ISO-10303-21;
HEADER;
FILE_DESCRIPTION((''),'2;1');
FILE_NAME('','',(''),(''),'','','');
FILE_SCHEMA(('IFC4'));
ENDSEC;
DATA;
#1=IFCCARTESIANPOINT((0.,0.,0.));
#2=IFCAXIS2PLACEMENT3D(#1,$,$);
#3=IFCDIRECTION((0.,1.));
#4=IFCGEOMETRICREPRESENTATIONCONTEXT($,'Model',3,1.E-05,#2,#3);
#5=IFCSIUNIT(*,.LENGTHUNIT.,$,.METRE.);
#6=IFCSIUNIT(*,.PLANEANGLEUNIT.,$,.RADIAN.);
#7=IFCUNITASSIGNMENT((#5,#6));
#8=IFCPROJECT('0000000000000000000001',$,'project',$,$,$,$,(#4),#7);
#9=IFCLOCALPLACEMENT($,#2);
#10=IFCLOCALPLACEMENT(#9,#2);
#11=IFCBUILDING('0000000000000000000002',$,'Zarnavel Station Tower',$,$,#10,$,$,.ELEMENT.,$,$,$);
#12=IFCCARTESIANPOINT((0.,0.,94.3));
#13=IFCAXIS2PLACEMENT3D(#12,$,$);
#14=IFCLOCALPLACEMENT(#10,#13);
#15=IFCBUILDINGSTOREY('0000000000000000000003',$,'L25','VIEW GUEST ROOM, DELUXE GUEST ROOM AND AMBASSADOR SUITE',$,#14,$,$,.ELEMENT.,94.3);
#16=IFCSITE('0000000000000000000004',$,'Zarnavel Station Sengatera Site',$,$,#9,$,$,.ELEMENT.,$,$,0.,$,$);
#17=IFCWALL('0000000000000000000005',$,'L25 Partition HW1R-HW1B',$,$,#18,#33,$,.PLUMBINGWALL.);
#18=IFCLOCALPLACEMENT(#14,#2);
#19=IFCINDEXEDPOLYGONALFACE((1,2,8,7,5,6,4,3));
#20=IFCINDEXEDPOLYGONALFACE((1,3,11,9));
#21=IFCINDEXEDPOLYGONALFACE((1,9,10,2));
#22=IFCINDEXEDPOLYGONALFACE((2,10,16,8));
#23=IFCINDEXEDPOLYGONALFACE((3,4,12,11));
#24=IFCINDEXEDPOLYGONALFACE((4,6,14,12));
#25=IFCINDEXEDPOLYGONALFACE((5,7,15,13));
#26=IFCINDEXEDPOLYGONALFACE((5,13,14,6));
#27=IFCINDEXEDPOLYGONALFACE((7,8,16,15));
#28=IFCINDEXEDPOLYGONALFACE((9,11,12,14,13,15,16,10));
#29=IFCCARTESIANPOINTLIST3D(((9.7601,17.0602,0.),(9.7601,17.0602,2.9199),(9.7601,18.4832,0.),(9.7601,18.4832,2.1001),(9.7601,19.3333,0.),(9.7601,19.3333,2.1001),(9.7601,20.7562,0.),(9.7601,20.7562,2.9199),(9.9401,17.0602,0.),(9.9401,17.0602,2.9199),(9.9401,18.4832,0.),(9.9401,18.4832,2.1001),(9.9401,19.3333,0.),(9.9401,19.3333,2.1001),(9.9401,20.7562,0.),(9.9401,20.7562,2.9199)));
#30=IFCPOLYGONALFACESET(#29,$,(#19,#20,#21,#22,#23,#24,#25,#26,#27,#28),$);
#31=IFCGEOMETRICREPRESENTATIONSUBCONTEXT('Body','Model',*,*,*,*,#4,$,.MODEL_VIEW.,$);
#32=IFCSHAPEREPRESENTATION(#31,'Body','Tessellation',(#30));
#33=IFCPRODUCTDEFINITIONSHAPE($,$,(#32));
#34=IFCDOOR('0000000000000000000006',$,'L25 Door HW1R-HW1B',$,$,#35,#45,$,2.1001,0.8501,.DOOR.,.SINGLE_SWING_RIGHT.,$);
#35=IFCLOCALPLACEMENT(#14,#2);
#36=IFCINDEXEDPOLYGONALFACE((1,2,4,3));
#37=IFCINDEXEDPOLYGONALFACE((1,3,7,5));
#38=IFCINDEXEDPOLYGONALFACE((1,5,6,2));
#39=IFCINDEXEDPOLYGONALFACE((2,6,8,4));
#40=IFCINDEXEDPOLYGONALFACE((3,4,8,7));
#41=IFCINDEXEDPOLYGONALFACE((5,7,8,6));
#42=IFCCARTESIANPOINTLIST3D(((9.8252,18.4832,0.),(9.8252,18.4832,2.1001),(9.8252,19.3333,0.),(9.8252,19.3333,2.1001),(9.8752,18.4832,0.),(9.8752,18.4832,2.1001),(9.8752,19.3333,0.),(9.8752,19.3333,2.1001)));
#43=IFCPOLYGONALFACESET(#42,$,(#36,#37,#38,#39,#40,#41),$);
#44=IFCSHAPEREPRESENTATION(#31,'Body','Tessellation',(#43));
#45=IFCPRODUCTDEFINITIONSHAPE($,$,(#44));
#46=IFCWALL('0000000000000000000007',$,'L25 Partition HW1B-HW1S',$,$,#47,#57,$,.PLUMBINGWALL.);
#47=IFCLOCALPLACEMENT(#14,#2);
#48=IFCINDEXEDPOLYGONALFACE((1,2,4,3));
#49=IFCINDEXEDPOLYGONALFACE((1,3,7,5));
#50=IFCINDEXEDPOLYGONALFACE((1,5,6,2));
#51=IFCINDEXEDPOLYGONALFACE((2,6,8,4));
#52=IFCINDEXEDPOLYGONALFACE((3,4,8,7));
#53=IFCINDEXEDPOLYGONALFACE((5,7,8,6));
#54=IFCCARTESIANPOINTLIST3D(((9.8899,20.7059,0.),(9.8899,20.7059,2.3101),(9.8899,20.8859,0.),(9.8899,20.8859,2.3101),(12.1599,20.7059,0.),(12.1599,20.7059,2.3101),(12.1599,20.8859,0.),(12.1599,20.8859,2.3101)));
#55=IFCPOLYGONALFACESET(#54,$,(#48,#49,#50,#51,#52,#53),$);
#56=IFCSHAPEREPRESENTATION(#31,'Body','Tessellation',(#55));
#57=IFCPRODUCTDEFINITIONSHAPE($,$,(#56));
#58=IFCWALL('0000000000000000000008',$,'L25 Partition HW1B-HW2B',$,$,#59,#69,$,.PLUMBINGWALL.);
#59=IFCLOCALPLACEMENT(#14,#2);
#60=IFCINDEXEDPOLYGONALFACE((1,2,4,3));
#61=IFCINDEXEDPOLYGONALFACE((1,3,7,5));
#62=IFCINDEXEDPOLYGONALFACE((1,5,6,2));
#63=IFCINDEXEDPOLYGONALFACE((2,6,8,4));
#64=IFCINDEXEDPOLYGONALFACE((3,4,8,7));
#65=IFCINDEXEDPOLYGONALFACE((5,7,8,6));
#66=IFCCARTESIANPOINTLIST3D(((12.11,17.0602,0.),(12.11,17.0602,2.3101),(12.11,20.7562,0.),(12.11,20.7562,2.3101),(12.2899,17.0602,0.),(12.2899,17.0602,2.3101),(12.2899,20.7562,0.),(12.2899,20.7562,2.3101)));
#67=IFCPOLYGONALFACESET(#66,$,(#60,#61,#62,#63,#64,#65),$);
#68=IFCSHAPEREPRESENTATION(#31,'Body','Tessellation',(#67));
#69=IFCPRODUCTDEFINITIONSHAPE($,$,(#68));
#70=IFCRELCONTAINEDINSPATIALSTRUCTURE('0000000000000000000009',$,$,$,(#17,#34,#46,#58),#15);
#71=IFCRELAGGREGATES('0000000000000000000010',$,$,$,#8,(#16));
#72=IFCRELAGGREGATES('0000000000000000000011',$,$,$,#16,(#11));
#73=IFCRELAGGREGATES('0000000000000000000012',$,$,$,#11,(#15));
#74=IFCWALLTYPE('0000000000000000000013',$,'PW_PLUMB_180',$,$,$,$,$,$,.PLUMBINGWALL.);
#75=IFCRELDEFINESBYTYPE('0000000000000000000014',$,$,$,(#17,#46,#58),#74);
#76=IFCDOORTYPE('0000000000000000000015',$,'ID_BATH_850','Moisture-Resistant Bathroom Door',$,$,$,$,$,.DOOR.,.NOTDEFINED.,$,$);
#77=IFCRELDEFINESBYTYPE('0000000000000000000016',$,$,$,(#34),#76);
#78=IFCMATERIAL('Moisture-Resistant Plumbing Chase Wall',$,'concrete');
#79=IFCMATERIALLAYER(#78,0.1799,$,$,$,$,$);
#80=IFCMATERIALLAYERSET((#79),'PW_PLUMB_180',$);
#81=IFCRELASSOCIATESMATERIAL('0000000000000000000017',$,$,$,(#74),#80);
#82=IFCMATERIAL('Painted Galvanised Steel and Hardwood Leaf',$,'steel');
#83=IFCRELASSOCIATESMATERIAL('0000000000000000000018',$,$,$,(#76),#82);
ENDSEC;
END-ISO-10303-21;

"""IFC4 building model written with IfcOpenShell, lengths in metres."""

from ifc_helpers import new_model, si_unit, direction, frame, frame_2d, origin, place, context, subcontext, project, spatial, rectangle, extrude, material, layer, layer_set, type_object, element, fill, save


model = new_model("IFC4")

# Units and contexts
model_context = context("Model", 3, precision=1e-05, world=origin(), true_north=direction((0.0, 1.0)))
body_context = subcontext(model_context, "Body", "Model", "MODEL_VIEW")
ifc_project = project(units=[si_unit("LENGTHUNIT", "METRE"), si_unit("PLANEANGLEUNIT", "RADIAN")], contexts=[model_context])

# Site, building, storey
site_placement = place(None, origin())
site = spatial("IfcSite", under=ifc_project, at=site_placement, Name="Zarnavel Station Sengatera Site", CompositionType="ELEMENT", RefElevation=0.0)
building_placement = place(site_placement, origin())
building = spatial("IfcBuilding", under=site, at=building_placement, Name="Zarnavel Station Tower", CompositionType="ELEMENT")
storey_placement = place(building_placement, frame((0.0, 0.0, 94.3)))
storey = spatial("IfcBuildingStorey", under=building, at=storey_placement, Name="L25", Description="VIEW GUEST ROOM, DELUXE GUEST ROOM AND AMBASSADOR SUITE", CompositionType="ELEMENT", Elevation=94.3)

# Wall, opening, door
ifc_material_1 = material(Name="Moisture-Resistant Plumbing Chase Wall", Category="concrete")
ifc_layer_1 = layer(ifc_material_1, 0.1799)
ifc_layer_set_1 = layer_set([ifc_layer_1], Name="PW_PLUMB_180")
wall_type_1 = type_object("IfcWallType", Name="PW_PLUMB_180", PredefinedType="PLUMBINGWALL", material=ifc_layer_set_1)
wall_1_placement = place(storey_placement, frame((9.8501, 17.0601, 0.0), z_axis=(0.0, 0.0, 1.0), x_axis=(0.0, 1.0, 0.0)))
wall_1 = element("IfcWall", 1, at=wall_1_placement, inside=storey, type_object=wall_type_1, Name="L25 Partition HW1R-HW1B", PredefinedType="PLUMBINGWALL", context=body_context, shape_type="SweptSolid", body=[
    extrude(rectangle(XDim=3.696, YDim=0.1799, at=frame_2d((1.8481, 0.0))), origin(), (0.0, 0.0, 1.0), 2.9199),
])
opening_1_placement = place(wall_1_placement, frame((1.4231, 0.0, 0.0)))
opening_1 = element("IfcOpeningElement", 2, at=opening_1_placement, cuts=wall_1, PredefinedType="OPENING", context=body_context, shape_type="SweptSolid", body=[
    extrude(rectangle(XDim=0.8501, YDim=2.1001, at=frame_2d((0.425, 1.05))), frame((0.0, 0.0999, 0.0), z_axis=(0.0, -1.0, 0.0), x_axis=(1.0, 0.0, 0.0)), (0.0, 0.0, 1.0), 0.2),
])
ifc_material_2 = material(Name="Painted Galvanised Steel and Hardwood Leaf", Category="steel")
door_type_1 = type_object("IfcDoorType", Name="ID_BATH_850", Description="Moisture-Resistant Bathroom Door", OperationType="NOTDEFINED", PredefinedType="DOOR", material=ifc_material_2)
door_1_placement = place(opening_1_placement, origin())
door_1 = element("IfcDoor", 3, at=door_1_placement, inside=storey, type_object=door_type_1, Name="L25 Door HW1R-HW1B", OperationType="SINGLE_SWING_RIGHT", OverallHeight=2.1001, OverallWidth=0.8501, PredefinedType="DOOR", context=body_context, shape_type="SweptSolid", body=[
    extrude(rectangle(XDim=0.8501, YDim=2.1001, at=frame_2d((0.425, 1.05))), frame((0.0, 0.0249, 0.0), z_axis=(0.0, -1.0, 0.0), x_axis=(1.0, 0.0, 0.0)), (0.0, 0.0, 1.0), 0.05),
])
fill(opening_1, door_1)

# Walls
wall_2_placement = place(storey_placement, frame((9.8899, 20.7959, 0.0), z_axis=(0.0, 0.0, 1.0), x_axis=(1.0, 0.0, 0.0)))
element("IfcWall", 4, at=wall_2_placement, inside=storey, type_object=wall_type_1, Name="L25 Partition HW1B-HW1S", PredefinedType="PLUMBINGWALL", context=body_context, shape_type="SweptSolid", body=[
    extrude(rectangle(XDim=2.27, YDim=0.1799, at=frame_2d((1.135, 0.0))), origin(), (0.0, 0.0, 1.0), 2.3101),
])
wall_3_placement = place(storey_placement, frame((12.2, 17.0601, 0.0), z_axis=(0.0, 0.0, 1.0), x_axis=(0.0, 1.0, 0.0)))
element("IfcWall", 5, at=wall_3_placement, inside=storey, type_object=wall_type_1, Name="L25 Partition HW1B-HW2B", PredefinedType="PLUMBINGWALL", context=body_context, shape_type="SweptSolid", body=[
    extrude(rectangle(XDim=3.696, YDim=0.1799, at=frame_2d((1.8481, 0.0))), origin(), (0.0, 0.0, 1.0), 2.3101),
])

save(model, "model.ifc")
